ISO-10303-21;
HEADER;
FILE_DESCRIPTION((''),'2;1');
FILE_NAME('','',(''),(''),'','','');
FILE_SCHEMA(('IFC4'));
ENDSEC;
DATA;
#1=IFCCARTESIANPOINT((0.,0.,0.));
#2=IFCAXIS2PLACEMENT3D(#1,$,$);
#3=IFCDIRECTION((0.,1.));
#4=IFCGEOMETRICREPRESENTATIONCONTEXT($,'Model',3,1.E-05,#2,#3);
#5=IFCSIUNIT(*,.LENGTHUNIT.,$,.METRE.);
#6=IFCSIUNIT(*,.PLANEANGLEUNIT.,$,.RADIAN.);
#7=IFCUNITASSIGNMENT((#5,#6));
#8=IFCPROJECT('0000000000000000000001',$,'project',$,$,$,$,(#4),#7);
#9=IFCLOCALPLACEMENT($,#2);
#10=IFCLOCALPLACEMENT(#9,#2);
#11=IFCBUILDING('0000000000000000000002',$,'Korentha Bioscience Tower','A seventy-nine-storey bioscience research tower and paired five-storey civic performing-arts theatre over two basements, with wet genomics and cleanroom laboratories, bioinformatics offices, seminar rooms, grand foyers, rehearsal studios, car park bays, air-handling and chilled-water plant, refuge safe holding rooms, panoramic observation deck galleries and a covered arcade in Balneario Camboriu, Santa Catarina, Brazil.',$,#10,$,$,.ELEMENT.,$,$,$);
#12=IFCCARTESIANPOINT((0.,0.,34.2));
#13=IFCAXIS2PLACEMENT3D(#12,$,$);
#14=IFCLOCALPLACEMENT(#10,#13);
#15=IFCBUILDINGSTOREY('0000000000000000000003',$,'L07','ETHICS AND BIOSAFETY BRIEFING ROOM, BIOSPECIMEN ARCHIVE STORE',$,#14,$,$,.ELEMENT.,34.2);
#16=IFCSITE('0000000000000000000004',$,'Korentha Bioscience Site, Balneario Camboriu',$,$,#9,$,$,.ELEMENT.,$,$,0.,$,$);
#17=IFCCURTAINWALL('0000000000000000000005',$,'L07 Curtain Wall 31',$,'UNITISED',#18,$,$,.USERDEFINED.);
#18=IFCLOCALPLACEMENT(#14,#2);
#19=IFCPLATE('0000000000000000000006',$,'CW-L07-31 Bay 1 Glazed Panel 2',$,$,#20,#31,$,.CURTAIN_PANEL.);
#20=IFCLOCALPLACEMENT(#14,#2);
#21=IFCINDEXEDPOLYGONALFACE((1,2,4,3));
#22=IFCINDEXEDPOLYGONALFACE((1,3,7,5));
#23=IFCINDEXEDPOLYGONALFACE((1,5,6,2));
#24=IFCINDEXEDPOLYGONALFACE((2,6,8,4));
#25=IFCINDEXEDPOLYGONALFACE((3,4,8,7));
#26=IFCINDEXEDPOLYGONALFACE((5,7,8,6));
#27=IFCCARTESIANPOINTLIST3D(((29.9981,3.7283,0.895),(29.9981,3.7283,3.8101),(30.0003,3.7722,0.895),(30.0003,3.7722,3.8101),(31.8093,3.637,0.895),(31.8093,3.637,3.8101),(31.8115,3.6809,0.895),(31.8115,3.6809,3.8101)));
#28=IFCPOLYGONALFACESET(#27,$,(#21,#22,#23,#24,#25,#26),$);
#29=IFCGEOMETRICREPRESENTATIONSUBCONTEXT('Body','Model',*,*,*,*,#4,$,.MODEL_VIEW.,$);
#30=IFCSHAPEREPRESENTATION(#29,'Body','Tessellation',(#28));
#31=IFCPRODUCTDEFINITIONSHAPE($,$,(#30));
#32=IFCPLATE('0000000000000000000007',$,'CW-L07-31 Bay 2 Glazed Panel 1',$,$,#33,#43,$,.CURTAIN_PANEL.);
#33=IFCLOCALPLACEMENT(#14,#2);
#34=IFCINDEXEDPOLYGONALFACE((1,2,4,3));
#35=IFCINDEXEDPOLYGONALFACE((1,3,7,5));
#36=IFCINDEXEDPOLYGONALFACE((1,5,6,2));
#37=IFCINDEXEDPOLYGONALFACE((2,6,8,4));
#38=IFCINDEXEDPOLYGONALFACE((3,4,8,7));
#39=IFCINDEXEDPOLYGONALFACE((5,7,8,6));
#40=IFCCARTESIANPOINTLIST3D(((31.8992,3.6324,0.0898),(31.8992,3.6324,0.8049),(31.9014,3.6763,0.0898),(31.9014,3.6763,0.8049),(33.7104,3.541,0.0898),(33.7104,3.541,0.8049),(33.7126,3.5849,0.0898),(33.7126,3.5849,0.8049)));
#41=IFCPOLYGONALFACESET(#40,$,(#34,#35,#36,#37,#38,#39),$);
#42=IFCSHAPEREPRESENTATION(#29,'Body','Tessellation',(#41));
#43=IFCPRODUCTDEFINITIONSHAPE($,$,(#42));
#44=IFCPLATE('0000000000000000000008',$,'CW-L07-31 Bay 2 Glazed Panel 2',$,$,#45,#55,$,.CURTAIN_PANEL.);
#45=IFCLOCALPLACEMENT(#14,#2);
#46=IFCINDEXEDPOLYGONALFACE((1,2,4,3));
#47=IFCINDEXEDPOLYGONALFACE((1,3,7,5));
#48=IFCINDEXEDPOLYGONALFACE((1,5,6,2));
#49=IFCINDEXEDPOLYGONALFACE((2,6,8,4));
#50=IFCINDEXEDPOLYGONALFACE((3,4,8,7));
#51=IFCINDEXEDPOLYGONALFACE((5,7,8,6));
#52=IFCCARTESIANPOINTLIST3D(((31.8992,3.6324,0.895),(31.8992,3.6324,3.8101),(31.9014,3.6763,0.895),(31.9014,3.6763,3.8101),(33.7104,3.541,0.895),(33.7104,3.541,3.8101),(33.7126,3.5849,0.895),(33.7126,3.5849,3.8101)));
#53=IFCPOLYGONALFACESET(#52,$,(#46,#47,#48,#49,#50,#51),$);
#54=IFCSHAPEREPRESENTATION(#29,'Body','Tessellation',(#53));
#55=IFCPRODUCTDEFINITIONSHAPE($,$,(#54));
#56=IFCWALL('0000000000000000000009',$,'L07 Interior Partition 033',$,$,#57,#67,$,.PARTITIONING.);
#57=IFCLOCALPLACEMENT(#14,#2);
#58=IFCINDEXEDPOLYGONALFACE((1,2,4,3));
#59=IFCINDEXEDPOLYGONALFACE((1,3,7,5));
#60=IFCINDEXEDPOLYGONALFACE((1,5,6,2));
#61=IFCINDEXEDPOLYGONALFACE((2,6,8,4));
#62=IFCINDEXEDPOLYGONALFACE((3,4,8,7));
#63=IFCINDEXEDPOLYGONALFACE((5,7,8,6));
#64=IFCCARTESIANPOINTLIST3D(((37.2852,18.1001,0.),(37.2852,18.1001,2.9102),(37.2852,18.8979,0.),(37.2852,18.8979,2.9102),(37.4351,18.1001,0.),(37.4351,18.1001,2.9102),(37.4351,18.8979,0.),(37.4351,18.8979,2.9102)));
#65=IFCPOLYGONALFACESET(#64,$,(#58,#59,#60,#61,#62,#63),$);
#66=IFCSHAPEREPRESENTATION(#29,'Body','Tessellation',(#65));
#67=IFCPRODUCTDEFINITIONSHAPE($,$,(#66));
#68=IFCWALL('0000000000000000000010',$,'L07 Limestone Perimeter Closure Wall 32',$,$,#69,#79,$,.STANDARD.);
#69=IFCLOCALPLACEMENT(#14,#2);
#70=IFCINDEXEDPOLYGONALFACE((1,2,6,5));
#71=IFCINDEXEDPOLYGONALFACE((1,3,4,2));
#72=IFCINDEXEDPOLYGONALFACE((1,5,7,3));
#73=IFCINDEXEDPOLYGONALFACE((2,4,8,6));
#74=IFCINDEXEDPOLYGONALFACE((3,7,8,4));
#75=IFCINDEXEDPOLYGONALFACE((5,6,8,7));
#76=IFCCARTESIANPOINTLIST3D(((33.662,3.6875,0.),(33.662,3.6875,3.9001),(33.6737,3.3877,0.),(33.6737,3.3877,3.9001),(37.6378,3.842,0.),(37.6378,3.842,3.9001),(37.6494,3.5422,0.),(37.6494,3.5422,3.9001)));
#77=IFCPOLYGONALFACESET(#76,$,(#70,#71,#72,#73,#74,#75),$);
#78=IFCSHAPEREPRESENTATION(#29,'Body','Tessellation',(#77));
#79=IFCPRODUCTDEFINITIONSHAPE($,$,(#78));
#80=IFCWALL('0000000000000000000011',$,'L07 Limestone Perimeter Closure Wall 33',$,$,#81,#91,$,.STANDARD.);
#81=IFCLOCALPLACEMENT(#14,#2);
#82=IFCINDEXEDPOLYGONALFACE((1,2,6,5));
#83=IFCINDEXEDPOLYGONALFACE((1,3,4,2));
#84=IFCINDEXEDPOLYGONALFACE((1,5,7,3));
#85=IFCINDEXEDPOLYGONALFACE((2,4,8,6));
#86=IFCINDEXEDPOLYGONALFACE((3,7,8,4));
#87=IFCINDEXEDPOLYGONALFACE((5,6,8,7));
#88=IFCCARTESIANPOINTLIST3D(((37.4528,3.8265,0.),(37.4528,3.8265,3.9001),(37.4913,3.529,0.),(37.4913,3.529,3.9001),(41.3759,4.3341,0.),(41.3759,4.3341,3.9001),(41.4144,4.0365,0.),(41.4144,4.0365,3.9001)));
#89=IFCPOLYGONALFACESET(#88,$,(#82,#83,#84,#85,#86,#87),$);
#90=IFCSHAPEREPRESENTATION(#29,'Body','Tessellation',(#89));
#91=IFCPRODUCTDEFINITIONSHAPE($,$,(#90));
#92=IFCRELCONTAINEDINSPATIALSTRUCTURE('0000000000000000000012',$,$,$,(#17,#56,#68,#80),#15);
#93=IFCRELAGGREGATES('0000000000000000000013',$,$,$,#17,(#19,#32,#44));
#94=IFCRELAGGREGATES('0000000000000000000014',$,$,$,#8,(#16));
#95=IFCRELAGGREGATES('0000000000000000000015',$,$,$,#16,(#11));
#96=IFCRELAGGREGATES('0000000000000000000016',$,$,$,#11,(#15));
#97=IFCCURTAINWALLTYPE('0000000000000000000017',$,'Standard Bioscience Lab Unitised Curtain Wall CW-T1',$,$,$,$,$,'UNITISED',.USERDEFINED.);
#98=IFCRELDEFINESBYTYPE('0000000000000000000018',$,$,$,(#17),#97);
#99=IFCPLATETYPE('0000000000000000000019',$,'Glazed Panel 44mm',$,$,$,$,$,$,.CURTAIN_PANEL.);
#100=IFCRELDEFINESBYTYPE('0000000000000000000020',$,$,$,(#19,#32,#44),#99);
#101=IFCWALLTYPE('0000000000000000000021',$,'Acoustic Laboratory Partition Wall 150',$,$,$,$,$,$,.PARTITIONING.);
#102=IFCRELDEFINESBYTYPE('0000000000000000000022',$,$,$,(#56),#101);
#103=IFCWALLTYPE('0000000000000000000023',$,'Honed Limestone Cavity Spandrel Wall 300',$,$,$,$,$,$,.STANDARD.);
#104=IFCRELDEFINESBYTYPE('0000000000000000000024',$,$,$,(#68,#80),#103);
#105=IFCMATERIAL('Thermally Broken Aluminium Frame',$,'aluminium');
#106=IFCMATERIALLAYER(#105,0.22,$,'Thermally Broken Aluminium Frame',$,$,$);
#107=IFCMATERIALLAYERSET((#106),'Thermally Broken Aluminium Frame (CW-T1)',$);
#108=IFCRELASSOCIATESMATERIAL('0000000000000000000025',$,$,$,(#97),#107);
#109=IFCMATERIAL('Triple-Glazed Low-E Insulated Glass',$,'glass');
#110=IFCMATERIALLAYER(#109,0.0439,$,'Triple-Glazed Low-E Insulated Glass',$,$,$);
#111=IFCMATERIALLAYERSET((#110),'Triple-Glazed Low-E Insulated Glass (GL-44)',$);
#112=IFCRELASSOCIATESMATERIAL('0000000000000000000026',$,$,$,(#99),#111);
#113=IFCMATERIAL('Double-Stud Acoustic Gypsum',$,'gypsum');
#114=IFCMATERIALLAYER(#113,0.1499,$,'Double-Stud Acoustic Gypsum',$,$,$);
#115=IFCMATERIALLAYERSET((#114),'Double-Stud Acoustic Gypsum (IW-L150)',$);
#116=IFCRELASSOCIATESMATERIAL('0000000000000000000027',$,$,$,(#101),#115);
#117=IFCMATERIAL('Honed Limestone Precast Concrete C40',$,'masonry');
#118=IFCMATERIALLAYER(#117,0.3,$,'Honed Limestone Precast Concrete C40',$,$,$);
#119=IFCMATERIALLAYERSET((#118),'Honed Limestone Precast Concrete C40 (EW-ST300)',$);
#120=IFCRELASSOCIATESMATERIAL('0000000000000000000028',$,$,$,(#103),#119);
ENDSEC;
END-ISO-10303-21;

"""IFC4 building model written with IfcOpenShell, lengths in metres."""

from ifc_helpers import new_model, si_unit, direction, frame, frame_2d, origin, origin_2d, place, context, subcontext, project, spatial, rectangle, extrude, material, layer, layer_set, type_object, element, aggregate, save


model = new_model("IFC4")

# Units and contexts
model_context = context("Model", 3, precision=1e-05, world=origin(), true_north=direction((0.0, 1.0)))
body_context = subcontext(model_context, "Body", "Model", "MODEL_VIEW")
ifc_project = project(units=[si_unit("LENGTHUNIT", "METRE"), si_unit("PLANEANGLEUNIT", "RADIAN")], contexts=[model_context])

# Site, building, storey
site_placement = place(None, origin())
site = spatial("IfcSite", under=ifc_project, at=site_placement, Name="Korentha Bioscience Site, Balneario Camboriu", CompositionType="ELEMENT", RefElevation=0.0)
building_placement = place(site_placement, origin())
building = spatial("IfcBuilding", under=site, at=building_placement, Name="Korentha Bioscience Tower", Description="A seventy-nine-storey bioscience research tower and paired five-storey civic performing-arts theatre over two basements, with wet genomics and cleanroom laboratories, bioinformatics offices, seminar rooms, grand foyers, rehearsal studios, car park bays, air-handling and chilled-water plant, refuge safe holding rooms, panoramic observation deck galleries and a covered arcade in Balneario Camboriu, Santa Catarina, Brazil.", CompositionType="ELEMENT")
storey_placement = place(building_placement, frame((0.0, 0.0, 34.2)))
storey = spatial("IfcBuildingStorey", under=building, at=storey_placement, Name="L07", Description="ETHICS AND BIOSAFETY BRIEFING ROOM, BIOSPECIMEN ARCHIVE STORE", CompositionType="ELEMENT", Elevation=34.2)

# Curtain wall
ifc_material_1 = material(Name="Thermally Broken Aluminium Frame", Category="aluminium")
ifc_layer_1 = layer(ifc_material_1, 0.22, Name="Thermally Broken Aluminium Frame")
ifc_layer_set_1 = layer_set([ifc_layer_1], Name="Thermally Broken Aluminium Frame (CW-T1)")
curtain_wall_type = type_object("IfcCurtainWallType", Name="Standard Bioscience Lab Unitised Curtain Wall CW-T1", ElementType="UNITISED", PredefinedType="USERDEFINED", material=ifc_layer_set_1)
curtain_wall_placement = place(storey_placement, origin())
curtain_wall = element("IfcCurtainWall", 1, at=curtain_wall_placement, inside=storey, type_object=curtain_wall_type, Name="L07 Curtain Wall 31", ObjectType="UNITISED", PredefinedType="USERDEFINED")

# Plates
ifc_material_2 = material(Name="Triple-Glazed Low-E Insulated Glass", Category="glass")
ifc_layer_2 = layer(ifc_material_2, 0.0439, Name="Triple-Glazed Low-E Insulated Glass")
ifc_layer_set_2 = layer_set([ifc_layer_2], Name="Triple-Glazed Low-E Insulated Glass (GL-44)")
plate_type = type_object("IfcPlateType", Name="Glazed Panel 44mm", PredefinedType="CURTAIN_PANEL", material=ifc_layer_set_2)
plate_1_placement = place(storey_placement, frame((30.9048, 3.7046, 0.895), z_axis=(0.0, 0.0, 1.0), x_axis=(0.998731, -0.050371, 0.0)))
plate_1 = element("IfcPlate", 2, at=plate_1_placement, type_object=plate_type, Name="CW-L07-31 Bay 1 Glazed Panel 2", PredefinedType="CURTAIN_PANEL", context=body_context, shape_type="SweptSolid", body=[
    extrude(rectangle(XDim=1.8135, YDim=0.0439, at=origin_2d()), origin(), (0.0, 0.0, 1.0), 2.915),
])
plate_2_placement = place(storey_placement, frame((32.8059, 3.6086, 0.0898), z_axis=(0.0, 0.0, 1.0), x_axis=(0.998731, -0.050371, 0.0)))
plate_2 = element("IfcPlate", 3, at=plate_2_placement, type_object=plate_type, Name="CW-L07-31 Bay 2 Glazed Panel 1", PredefinedType="CURTAIN_PANEL", context=body_context, shape_type="SweptSolid", body=[
    extrude(rectangle(XDim=1.8135, YDim=0.0439, at=origin_2d()), origin(), (0.0, 0.0, 1.0), 0.7151),
])
plate_3_placement = place(storey_placement, frame((32.8059, 3.6086, 0.895), z_axis=(0.0, 0.0, 1.0), x_axis=(0.998731, -0.050371, 0.0)))
plate_3 = element("IfcPlate", 4, at=plate_3_placement, type_object=plate_type, Name="CW-L07-31 Bay 2 Glazed Panel 2", PredefinedType="CURTAIN_PANEL", context=body_context, shape_type="SweptSolid", body=[
    extrude(rectangle(XDim=1.8135, YDim=0.0439, at=origin_2d()), origin(), (0.0, 0.0, 1.0), 2.915),
])
aggregate(curtain_wall, [plate_1, plate_2, plate_3])

# Walls
ifc_material_3 = material(Name="Double-Stud Acoustic Gypsum", Category="gypsum")
ifc_layer_3 = layer(ifc_material_3, 0.1499, Name="Double-Stud Acoustic Gypsum")
ifc_layer_set_3 = layer_set([ifc_layer_3], Name="Double-Stud Acoustic Gypsum (IW-L150)")
wall_type_1 = type_object("IfcWallType", Name="Acoustic Laboratory Partition Wall 150", PredefinedType="PARTITIONING", material=ifc_layer_set_3)
wall_1_placement = place(storey_placement, frame((37.3601, 18.1001, 0.0), z_axis=(0.0, 0.0, 1.0), x_axis=(0.0, 1.0, 0.0)))
element("IfcWall", 5, at=wall_1_placement, inside=storey, type_object=wall_type_1, Name="L07 Interior Partition 033", PredefinedType="PARTITIONING", context=body_context, shape_type="SweptSolid", body=[
    extrude(rectangle(XDim=0.7979, YDim=0.1499, at=frame_2d((0.3989, 0.0))), origin(), (0.0, 0.0, 1.0), 2.9102),
])
ifc_material_4 = material(Name="Honed Limestone Precast Concrete C40", Category="masonry")
ifc_layer_4 = layer(ifc_material_4, 0.3, Name="Honed Limestone Precast Concrete C40")
ifc_layer_set_4 = layer_set([ifc_layer_4], Name="Honed Limestone Precast Concrete C40 (EW-ST300)")
wall_type_2 = type_object("IfcWallType", Name="Honed Limestone Cavity Spandrel Wall 300", PredefinedType="STANDARD", material=ifc_layer_set_4)
wall_2_placement = place(storey_placement, frame((33.668, 3.5376, 0.0), z_axis=(0.0, 0.0, 1.0), x_axis=(0.999245, 0.038841, 0.0)))
element("IfcWall", 6, at=wall_2_placement, inside=storey, type_object=wall_type_2, Name="L07 Limestone Perimeter Closure Wall 32", PredefinedType="STANDARD", context=body_context, shape_type="SweptSolid", body=[
    extrude(rectangle(XDim=3.9788, YDim=0.3, at=frame_2d((1.9893, 0.0))), origin(), (0.0, 0.0, 1.0), 3.9001),
])
wall_3_placement = place(storey_placement, frame((37.4719, 3.6777, 0.0), z_axis=(0.0, 0.0, 1.0), x_axis=(0.991734, 0.12831, 0.0)))
element("IfcWall", 7, at=wall_3_placement, inside=storey, type_object=wall_type_2, Name="L07 Limestone Perimeter Closure Wall 33", PredefinedType="STANDARD", context=body_context, shape_type="SweptSolid", body=[
    extrude(rectangle(XDim=3.9558, YDim=0.3, at=frame_2d((1.978, 0.0))), origin(), (0.0, 0.0, 1.0), 3.9001),
])

save(model, "model.ifc")
